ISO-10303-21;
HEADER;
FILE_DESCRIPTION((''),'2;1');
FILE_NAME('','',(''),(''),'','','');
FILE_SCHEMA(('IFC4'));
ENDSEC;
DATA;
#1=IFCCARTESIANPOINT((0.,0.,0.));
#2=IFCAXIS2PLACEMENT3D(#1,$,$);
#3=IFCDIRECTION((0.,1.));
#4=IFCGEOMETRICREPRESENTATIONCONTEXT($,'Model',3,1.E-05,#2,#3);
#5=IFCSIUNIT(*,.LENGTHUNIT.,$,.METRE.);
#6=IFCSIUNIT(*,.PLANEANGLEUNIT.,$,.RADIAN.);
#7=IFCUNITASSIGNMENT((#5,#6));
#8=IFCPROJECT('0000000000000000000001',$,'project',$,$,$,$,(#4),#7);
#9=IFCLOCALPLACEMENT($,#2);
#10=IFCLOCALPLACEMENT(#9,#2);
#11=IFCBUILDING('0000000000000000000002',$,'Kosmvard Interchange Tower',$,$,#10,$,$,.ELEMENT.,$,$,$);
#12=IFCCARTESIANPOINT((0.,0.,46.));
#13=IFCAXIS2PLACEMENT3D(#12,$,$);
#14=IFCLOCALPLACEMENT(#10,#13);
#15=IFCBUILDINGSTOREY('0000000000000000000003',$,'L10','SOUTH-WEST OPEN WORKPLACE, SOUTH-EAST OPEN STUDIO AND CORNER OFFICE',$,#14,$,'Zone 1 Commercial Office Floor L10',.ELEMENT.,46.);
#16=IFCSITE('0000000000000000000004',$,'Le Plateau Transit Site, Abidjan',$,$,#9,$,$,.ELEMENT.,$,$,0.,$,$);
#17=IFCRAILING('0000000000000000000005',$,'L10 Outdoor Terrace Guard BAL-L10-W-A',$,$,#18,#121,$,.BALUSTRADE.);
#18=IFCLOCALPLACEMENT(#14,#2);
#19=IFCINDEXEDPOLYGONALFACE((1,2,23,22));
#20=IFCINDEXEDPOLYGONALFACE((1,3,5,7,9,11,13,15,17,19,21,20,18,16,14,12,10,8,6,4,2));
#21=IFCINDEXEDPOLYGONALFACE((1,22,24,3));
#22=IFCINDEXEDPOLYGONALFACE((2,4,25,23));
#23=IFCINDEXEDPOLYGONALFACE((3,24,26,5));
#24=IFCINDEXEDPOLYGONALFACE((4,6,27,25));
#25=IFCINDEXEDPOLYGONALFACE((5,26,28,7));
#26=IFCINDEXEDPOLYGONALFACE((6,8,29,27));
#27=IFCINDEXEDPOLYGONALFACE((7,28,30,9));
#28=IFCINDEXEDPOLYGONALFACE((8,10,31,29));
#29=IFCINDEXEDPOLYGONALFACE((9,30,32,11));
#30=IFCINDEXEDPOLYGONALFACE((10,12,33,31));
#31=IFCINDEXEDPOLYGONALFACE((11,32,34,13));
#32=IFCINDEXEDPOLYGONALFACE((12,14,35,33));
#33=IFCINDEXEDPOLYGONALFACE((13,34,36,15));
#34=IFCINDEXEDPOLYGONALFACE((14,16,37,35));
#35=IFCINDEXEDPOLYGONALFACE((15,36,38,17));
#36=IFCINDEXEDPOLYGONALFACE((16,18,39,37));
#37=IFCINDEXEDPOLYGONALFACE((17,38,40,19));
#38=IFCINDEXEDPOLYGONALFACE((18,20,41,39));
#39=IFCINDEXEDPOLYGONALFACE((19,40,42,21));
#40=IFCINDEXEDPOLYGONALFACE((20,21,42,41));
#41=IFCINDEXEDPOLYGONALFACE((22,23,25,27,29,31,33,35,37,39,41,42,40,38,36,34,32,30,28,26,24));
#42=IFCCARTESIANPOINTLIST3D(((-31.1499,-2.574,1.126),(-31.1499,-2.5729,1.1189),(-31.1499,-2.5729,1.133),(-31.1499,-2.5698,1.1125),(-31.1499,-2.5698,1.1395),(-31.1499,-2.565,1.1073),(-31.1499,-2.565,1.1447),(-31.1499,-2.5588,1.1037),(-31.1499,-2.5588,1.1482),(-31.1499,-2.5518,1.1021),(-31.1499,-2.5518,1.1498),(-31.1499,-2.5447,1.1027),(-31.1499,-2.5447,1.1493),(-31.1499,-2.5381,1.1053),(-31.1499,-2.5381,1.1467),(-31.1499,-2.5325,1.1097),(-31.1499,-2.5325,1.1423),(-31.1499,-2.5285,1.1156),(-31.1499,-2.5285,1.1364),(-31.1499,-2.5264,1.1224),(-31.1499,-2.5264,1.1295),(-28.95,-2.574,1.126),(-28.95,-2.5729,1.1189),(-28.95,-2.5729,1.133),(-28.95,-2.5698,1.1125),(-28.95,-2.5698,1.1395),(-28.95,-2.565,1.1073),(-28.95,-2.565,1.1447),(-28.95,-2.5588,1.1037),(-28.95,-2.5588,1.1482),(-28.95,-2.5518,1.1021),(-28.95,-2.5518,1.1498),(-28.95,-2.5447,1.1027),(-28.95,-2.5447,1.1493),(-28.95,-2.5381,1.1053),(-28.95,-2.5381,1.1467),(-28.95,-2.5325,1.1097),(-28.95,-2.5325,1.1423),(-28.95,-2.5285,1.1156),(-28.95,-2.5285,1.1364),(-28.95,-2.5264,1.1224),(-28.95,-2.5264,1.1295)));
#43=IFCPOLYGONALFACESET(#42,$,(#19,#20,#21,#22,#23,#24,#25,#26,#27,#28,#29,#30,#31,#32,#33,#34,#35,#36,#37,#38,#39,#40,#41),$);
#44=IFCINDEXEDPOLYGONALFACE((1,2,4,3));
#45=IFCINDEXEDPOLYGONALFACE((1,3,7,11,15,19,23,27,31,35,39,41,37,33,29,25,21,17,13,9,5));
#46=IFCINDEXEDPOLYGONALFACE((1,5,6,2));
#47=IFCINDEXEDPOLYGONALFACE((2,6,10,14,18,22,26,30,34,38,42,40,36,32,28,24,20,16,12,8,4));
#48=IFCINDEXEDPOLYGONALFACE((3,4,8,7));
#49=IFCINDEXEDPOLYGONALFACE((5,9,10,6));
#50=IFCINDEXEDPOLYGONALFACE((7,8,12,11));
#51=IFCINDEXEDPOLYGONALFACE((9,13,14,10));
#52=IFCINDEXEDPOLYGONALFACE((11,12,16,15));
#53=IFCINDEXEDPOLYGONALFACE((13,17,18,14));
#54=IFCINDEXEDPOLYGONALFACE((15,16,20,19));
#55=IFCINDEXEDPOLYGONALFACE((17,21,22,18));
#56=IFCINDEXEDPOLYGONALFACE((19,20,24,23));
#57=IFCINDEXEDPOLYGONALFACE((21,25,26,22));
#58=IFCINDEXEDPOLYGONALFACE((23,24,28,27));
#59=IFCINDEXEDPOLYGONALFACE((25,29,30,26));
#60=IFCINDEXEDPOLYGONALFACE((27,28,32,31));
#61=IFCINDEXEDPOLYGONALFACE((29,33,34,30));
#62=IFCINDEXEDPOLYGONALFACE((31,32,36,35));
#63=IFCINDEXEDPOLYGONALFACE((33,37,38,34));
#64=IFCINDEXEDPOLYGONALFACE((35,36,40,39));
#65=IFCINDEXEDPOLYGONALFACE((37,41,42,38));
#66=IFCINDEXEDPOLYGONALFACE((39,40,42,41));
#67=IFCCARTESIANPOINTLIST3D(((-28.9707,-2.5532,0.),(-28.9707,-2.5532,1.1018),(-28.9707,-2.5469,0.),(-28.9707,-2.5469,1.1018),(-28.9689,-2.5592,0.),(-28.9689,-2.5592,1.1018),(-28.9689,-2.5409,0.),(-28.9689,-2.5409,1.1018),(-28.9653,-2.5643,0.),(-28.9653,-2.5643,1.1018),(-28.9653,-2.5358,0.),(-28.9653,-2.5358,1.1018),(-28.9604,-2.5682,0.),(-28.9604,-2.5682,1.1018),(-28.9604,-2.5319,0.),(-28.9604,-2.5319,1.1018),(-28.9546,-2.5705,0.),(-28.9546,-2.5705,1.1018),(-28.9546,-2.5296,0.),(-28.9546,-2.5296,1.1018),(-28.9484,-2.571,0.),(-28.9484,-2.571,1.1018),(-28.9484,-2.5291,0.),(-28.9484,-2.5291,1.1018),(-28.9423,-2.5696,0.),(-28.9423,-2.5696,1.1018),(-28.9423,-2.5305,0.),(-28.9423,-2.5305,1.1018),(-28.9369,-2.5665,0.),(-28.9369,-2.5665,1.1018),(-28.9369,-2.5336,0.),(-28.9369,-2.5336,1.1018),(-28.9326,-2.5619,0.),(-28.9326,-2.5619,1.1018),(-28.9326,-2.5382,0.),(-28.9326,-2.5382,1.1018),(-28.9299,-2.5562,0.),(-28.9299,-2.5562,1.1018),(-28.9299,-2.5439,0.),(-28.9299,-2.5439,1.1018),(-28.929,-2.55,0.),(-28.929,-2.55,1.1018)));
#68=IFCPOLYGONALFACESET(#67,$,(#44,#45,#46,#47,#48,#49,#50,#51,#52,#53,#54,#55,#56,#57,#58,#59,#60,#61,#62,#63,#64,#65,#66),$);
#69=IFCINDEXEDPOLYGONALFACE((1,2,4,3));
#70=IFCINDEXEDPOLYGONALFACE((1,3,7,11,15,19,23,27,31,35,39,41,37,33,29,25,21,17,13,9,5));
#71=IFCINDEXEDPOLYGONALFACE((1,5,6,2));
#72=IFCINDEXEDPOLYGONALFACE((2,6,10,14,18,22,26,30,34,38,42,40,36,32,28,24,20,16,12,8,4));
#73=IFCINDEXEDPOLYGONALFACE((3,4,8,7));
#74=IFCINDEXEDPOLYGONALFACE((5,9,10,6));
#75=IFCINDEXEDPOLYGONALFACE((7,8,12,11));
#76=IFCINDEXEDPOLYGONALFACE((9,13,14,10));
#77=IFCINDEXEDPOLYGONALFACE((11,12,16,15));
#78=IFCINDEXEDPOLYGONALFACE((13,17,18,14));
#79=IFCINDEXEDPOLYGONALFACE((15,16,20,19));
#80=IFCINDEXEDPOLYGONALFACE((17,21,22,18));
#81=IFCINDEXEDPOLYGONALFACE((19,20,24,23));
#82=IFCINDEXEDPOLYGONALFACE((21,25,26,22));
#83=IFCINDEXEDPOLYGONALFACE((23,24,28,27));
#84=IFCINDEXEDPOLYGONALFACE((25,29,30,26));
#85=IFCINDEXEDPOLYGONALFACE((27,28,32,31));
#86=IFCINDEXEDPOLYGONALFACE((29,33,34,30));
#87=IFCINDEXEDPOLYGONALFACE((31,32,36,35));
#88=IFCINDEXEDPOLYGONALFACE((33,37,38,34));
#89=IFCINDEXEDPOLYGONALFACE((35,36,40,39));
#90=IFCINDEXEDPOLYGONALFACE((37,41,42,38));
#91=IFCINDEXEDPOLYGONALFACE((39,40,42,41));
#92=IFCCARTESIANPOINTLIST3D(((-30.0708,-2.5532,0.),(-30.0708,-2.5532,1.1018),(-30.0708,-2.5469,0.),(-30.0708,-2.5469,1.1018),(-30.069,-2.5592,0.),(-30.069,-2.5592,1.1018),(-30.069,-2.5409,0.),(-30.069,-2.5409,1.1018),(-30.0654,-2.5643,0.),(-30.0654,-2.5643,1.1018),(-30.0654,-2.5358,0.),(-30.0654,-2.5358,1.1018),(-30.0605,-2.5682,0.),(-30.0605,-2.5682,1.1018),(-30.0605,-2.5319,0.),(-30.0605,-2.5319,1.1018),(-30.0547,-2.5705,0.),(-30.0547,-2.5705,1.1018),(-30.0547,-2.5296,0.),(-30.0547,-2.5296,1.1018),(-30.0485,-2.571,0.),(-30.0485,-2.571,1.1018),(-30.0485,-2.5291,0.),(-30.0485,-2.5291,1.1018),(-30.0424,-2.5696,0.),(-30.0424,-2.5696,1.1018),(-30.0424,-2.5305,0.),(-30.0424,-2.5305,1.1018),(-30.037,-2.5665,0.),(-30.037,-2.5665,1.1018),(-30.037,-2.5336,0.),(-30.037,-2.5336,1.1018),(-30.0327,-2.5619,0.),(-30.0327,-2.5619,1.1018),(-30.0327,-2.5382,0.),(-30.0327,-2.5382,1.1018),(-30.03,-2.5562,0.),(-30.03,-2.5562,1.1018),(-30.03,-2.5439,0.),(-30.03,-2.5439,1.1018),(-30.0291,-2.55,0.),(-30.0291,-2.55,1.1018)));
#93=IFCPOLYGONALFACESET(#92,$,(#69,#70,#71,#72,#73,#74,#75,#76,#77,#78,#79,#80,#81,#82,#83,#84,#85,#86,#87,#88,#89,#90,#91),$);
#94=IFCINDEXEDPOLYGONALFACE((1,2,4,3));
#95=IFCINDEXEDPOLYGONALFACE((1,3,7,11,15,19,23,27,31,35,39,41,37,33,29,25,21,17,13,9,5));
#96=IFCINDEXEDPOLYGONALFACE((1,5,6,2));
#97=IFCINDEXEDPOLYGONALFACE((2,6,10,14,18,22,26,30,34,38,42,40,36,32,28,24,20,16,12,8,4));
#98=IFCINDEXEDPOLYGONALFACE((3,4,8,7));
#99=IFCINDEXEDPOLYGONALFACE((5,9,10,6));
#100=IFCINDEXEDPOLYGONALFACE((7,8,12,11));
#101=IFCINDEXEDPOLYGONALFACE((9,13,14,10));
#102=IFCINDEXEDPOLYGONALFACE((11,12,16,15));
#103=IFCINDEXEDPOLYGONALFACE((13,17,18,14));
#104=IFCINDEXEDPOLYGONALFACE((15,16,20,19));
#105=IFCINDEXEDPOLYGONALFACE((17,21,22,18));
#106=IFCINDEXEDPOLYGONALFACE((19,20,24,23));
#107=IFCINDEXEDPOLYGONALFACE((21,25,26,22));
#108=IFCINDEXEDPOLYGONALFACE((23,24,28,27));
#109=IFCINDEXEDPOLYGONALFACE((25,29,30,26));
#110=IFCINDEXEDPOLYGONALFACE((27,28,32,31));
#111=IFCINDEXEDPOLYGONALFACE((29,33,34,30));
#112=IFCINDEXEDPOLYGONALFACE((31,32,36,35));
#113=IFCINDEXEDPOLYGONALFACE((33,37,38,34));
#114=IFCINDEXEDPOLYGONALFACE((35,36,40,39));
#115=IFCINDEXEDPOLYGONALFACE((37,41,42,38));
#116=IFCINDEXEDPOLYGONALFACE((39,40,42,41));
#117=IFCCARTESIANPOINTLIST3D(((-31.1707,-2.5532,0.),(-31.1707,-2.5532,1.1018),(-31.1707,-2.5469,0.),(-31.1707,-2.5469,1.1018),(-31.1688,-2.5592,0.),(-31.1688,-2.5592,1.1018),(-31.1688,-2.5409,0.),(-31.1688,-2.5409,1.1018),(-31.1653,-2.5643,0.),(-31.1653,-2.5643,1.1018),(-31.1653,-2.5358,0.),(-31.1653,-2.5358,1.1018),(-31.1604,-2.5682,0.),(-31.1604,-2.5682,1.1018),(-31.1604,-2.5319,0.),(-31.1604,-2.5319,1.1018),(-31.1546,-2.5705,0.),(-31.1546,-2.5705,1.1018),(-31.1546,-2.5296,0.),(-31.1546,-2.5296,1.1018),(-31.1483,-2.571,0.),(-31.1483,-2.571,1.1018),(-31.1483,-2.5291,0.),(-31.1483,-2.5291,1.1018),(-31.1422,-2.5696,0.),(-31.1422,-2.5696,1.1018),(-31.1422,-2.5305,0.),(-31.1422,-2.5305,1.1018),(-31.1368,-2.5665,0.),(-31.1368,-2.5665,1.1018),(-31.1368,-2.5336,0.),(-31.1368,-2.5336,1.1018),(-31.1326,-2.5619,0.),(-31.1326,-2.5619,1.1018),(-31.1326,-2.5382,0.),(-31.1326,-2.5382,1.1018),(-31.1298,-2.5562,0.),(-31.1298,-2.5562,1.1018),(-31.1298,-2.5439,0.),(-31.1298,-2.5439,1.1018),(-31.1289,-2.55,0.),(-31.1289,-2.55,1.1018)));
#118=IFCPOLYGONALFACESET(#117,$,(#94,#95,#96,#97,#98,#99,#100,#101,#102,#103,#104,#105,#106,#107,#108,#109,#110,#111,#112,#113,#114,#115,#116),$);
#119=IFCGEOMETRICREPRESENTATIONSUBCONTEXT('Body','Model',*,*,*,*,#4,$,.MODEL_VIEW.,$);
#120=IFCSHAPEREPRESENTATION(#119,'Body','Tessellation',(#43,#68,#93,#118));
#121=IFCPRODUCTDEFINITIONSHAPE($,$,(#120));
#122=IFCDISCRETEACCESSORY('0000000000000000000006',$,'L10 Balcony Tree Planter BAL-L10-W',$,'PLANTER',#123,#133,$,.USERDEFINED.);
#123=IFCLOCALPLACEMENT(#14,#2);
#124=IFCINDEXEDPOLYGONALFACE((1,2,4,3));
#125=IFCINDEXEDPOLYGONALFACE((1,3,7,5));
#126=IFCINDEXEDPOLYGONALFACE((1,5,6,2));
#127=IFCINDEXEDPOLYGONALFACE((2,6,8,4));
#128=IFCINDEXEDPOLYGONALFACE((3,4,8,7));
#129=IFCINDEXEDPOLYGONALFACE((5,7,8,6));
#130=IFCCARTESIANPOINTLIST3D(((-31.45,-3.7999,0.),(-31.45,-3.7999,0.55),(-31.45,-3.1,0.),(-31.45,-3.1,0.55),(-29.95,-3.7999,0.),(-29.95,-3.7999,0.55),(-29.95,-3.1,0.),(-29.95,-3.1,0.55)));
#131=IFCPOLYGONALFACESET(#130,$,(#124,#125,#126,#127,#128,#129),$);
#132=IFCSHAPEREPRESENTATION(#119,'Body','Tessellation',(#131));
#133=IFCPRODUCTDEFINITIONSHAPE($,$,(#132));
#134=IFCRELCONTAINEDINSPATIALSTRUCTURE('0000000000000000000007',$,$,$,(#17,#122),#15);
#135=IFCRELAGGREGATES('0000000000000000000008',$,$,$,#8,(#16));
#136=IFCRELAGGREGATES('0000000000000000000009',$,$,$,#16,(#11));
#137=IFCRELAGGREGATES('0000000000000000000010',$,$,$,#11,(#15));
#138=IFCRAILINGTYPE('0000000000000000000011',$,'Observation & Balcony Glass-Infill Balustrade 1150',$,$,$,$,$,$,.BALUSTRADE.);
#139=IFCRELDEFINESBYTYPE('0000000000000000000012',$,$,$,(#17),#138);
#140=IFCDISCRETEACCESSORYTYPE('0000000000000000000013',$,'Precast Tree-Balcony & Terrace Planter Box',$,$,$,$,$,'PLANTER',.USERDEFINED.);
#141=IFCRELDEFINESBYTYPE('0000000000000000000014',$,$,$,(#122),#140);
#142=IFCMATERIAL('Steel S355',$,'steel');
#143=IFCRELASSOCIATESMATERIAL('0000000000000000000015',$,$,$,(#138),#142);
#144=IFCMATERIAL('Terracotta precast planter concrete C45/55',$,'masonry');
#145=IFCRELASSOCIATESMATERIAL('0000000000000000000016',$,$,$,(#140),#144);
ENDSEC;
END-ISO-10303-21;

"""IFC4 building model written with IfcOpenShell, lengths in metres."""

from ifc_helpers import new_model, si_unit, direction, frame, origin, origin_2d, place, context, subcontext, project, spatial, rectangle, circle, extrude, source, transform, mapped, material, type_object, element, save


model = new_model("IFC4")

# Units and contexts
model_context = context("Model", 3, precision=1e-05, world=origin(), true_north=direction((0.0, 1.0)))
body_context = subcontext(model_context, "Body", "Model", "MODEL_VIEW")
ifc_project = project(units=[si_unit("LENGTHUNIT", "METRE"), si_unit("PLANEANGLEUNIT", "RADIAN")], contexts=[model_context])

# Site, building, storey
site_placement = place(None, origin())
site = spatial("IfcSite", under=ifc_project, at=site_placement, Name="Le Plateau Transit Site, Abidjan", CompositionType="ELEMENT", RefElevation=0.0)
building_placement = place(site_placement, origin())
building = spatial("IfcBuilding", under=site, at=building_placement, Name="Kosmvard Interchange Tower", CompositionType="ELEMENT")
storey_placement = place(building_placement, frame((0.0, 0.0, 46.0)))
storey = spatial("IfcBuildingStorey", under=building, at=storey_placement, Name="L10", Description="SOUTH-WEST OPEN WORKPLACE, SOUTH-EAST OPEN STUDIO AND CORNER OFFICE", LongName="Zone 1 Commercial Office Floor L10", CompositionType="ELEMENT", Elevation=46.0)

# Shared definitions
ifc_material_1 = material(Name="Steel S355", Category="steel")

# Railing
railing_type = type_object("IfcRailingType", Name="Observation & Balcony Glass-Infill Balustrade 1150", PredefinedType="BALUSTRADE", material=ifc_material_1)
shared_shape_1 = source(origin(), body_context, "Body", "SweptSolid", [
    extrude(circle(Radius=0.0239, at=origin_2d()), frame((0.0, 0.0, 1.126), z_axis=(-1.0, 0.0, 0.0), x_axis=(0.0, -1.0, 0.0)), (0.0, 0.0, 1.0), 2.2),
    extrude(circle(Radius=0.021, at=origin_2d()), origin(), (0.0, 0.0, 1.0), 1.1018),
    extrude(circle(Radius=0.021, at=origin_2d()), frame((-1.1001, 0.0, 0.0)), (0.0, 0.0, 1.0), 1.1018),
    extrude(circle(Radius=0.021, at=origin_2d()), frame((-2.2, 0.0, 0.0)), (0.0, 0.0, 1.0), 1.1018),
])
railing_1_placement = place(storey_placement, frame((-28.95, -2.55, 0.0)))
element("IfcRailing", 1, at=railing_1_placement, inside=storey, type_object=railing_type, Name="L10 Outdoor Terrace Guard BAL-L10-W-A", PredefinedType="BALUSTRADE", context=body_context, shape_type="MappedRepresentation", body=[
    mapped(shared_shape_1, transform((0.0, 0.0, 0.0), scale=1.0)),
])

# Discrete accessory
ifc_material_2 = material(Name="Terracotta precast planter concrete C45/55", Category="masonry")
discrete_accessory_type = type_object("IfcDiscreteAccessoryType", Name="Precast Tree-Balcony & Terrace Planter Box", ElementType="PLANTER", PredefinedType="USERDEFINED", material=ifc_material_2)
shared_shape_2 = source(origin(), body_context, "Body", "SweptSolid", [
    extrude(rectangle(XDim=1.5, YDim=0.7, at=origin_2d()), origin(), (0.0, 0.0, 1.0), 0.55),
])
discrete_accessory_placement = place(storey_placement, frame((-30.7, -3.45, 0.0), z_axis=(0.0, 0.0, 1.0), x_axis=(1.0, 0.0, 0.0)))
element("IfcDiscreteAccessory", 2, at=discrete_accessory_placement, inside=storey, type_object=discrete_accessory_type, Name="L10 Balcony Tree Planter BAL-L10-W", ObjectType="PLANTER", PredefinedType="USERDEFINED", context=body_context, shape_type="MappedRepresentation", body=[
    mapped(shared_shape_2, transform((0.0, 0.0, 0.0), scale=1.0)),
])

save(model, "model.ifc")
